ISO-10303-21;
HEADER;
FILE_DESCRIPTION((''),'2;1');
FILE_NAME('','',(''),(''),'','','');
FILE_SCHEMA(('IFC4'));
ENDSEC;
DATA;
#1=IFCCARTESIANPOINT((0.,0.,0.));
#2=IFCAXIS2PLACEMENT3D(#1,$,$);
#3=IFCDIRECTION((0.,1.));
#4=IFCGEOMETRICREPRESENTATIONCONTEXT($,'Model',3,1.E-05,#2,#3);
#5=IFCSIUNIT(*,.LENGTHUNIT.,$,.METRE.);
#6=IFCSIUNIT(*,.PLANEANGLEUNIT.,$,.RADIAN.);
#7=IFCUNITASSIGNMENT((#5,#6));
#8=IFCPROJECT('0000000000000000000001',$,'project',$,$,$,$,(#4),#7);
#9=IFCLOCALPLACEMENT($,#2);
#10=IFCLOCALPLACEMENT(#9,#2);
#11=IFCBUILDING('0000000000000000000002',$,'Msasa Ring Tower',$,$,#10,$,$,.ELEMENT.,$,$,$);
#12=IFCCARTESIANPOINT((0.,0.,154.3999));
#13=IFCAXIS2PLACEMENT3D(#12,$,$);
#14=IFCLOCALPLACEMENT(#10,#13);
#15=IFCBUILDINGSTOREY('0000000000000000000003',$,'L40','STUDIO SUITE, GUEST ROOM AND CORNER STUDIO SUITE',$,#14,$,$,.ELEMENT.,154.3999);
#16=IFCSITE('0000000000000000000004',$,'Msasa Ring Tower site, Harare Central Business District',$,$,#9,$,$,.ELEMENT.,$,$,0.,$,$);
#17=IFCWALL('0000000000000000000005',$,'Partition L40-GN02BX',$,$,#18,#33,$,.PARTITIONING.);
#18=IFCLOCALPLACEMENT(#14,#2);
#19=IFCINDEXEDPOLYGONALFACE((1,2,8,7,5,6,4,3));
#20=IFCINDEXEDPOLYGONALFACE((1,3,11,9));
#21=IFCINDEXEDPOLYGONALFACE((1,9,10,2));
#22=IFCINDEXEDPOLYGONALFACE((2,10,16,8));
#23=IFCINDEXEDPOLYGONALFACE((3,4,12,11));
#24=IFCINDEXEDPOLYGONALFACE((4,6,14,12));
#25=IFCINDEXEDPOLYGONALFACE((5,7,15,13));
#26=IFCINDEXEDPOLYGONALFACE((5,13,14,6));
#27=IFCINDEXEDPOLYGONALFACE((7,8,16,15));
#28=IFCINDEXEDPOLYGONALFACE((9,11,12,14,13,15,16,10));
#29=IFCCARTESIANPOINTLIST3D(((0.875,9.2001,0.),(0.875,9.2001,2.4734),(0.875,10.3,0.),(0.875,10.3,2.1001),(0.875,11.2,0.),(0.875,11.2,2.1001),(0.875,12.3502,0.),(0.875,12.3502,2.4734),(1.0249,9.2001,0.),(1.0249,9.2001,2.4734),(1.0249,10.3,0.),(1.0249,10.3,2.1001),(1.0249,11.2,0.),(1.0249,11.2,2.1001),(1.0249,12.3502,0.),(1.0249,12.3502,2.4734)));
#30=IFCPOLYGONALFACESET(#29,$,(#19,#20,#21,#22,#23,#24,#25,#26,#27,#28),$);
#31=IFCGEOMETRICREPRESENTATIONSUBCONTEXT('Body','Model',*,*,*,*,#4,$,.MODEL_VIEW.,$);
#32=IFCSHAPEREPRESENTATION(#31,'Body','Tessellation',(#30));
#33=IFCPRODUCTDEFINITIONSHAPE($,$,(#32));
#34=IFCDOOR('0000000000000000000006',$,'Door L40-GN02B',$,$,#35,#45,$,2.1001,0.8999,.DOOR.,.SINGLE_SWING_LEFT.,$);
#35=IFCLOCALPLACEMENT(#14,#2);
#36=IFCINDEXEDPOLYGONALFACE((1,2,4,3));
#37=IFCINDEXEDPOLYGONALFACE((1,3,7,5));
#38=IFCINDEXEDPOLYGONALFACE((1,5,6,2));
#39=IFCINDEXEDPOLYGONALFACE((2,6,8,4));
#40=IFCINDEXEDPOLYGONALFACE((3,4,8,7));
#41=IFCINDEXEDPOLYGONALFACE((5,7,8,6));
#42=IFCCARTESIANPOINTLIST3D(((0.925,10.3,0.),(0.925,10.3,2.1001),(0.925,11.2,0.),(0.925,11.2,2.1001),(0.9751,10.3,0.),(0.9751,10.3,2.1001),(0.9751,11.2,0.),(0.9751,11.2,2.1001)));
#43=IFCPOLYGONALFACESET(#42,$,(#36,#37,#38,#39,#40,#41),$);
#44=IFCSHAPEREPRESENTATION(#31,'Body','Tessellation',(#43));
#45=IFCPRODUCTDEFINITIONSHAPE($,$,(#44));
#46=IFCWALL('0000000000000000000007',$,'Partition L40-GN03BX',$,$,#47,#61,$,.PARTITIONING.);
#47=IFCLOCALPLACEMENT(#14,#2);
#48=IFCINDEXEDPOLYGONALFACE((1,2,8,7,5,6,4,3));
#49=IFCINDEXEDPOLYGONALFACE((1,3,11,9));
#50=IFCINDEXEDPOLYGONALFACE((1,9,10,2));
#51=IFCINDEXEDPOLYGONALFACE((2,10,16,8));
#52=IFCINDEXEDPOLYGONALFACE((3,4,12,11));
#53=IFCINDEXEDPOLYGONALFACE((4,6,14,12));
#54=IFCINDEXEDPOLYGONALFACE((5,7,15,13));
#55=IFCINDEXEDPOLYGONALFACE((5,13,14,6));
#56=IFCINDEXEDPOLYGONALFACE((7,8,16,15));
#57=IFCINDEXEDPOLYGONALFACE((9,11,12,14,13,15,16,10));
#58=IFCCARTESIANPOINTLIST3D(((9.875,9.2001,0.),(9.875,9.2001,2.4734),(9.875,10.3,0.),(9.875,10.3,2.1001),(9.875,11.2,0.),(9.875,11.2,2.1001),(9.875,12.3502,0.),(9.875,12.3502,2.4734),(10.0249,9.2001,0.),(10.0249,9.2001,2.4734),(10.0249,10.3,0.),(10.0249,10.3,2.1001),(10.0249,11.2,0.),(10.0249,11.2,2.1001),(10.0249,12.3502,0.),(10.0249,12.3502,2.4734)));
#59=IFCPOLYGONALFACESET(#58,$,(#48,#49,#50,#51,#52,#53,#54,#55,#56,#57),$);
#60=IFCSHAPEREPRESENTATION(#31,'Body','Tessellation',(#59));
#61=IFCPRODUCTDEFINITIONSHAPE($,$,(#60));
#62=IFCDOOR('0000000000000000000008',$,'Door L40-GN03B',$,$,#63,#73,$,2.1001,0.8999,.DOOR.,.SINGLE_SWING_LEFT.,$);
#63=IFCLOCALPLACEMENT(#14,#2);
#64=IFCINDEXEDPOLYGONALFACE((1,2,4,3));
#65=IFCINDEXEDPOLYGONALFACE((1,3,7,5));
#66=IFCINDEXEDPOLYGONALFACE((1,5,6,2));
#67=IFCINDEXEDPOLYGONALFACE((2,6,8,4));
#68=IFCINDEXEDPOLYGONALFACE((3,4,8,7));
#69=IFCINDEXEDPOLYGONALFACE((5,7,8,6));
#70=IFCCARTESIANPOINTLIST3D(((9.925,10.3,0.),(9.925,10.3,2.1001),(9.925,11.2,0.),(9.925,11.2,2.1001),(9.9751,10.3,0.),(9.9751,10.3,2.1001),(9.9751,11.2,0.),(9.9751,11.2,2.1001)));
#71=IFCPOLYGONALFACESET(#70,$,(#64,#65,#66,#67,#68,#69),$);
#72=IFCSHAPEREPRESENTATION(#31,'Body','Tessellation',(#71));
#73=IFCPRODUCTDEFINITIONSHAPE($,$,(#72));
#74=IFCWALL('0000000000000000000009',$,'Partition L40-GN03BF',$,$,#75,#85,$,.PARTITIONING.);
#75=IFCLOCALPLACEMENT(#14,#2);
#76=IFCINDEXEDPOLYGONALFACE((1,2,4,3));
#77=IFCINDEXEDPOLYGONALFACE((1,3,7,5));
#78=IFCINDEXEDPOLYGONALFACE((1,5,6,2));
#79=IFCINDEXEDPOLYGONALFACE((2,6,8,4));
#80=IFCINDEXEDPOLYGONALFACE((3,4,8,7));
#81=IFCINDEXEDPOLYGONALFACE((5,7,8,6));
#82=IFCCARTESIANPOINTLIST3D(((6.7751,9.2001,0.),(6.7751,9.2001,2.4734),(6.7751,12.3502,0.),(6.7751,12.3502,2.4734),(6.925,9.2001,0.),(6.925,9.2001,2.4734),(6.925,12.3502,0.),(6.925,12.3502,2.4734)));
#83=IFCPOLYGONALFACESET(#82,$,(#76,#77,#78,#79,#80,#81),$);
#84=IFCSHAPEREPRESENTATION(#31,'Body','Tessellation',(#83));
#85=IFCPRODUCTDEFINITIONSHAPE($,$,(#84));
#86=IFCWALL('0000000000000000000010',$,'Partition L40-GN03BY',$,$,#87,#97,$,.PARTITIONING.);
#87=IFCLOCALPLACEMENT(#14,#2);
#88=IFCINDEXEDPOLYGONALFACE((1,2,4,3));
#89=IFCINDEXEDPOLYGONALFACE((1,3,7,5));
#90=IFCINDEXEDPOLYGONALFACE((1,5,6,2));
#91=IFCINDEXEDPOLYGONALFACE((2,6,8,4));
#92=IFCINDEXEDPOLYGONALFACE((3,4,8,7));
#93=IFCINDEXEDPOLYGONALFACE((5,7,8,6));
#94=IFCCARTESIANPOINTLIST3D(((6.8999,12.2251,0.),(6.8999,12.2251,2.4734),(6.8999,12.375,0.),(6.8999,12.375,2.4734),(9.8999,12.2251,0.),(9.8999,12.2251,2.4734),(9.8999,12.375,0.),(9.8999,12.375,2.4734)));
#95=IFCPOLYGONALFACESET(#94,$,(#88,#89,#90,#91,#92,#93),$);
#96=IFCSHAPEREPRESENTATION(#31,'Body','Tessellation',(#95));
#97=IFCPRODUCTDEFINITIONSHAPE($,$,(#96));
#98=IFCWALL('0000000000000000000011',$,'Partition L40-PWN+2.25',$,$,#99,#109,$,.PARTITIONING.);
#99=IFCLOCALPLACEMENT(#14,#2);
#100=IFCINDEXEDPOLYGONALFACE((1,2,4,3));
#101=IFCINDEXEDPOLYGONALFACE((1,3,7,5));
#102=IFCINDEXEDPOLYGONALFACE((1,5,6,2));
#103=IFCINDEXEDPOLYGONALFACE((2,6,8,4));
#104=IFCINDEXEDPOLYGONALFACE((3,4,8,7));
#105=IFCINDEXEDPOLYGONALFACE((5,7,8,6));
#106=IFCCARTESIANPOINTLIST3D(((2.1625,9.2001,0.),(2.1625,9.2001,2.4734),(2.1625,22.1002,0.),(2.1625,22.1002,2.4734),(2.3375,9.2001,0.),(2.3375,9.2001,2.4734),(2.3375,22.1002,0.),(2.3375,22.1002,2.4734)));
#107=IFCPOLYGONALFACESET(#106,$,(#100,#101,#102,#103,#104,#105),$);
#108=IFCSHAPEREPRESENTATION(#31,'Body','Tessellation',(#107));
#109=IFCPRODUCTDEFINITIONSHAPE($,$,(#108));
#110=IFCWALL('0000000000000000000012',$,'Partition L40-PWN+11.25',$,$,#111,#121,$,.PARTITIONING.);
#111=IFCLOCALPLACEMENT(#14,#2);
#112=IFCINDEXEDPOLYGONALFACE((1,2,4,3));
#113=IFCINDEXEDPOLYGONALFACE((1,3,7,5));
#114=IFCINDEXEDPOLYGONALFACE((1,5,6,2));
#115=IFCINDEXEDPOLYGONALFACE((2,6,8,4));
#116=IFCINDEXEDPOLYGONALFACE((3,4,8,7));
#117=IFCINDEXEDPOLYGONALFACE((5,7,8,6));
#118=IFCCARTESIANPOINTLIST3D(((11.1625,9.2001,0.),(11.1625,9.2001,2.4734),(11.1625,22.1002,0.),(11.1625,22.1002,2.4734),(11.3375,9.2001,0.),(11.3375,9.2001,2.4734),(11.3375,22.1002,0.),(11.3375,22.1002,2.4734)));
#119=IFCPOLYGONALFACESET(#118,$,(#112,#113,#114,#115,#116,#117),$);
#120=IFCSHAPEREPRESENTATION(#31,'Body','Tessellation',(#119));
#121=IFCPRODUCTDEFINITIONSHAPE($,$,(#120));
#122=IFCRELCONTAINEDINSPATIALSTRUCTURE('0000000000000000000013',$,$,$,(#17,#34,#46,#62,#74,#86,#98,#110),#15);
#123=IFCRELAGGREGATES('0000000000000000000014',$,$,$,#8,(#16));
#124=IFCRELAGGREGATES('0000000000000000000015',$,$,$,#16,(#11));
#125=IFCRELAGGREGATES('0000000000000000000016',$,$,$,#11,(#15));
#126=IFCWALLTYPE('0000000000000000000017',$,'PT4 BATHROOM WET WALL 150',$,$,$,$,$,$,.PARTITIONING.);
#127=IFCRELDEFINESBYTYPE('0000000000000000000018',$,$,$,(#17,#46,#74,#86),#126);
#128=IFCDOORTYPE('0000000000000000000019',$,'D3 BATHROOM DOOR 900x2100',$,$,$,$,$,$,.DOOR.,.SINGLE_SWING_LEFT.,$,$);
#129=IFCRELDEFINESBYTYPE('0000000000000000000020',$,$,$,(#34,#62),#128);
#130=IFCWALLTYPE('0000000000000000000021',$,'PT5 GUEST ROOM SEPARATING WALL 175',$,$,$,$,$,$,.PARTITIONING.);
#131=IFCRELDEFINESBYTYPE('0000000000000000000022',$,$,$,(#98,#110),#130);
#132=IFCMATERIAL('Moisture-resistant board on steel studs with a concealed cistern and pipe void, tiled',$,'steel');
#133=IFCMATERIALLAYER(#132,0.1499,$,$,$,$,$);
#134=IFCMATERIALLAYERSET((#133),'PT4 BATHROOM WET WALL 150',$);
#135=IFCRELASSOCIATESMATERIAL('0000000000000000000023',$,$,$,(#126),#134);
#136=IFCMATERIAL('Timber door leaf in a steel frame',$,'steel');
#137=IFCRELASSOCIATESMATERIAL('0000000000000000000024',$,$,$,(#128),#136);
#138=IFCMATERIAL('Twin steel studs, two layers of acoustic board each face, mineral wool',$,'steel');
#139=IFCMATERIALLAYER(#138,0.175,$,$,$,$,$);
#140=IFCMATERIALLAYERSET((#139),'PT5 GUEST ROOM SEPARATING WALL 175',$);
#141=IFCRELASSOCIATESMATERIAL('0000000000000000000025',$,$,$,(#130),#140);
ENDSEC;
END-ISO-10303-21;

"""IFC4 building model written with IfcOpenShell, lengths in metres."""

from ifc_helpers import new_model, si_unit, direction, frame, frame_2d, origin, place, context, subcontext, project, spatial, rectangle, extrude, material, layer, layer_set, type_object, element, fill, save


model = new_model("IFC4")

# Units and contexts
model_context = context("Model", 3, precision=1e-05, world=origin(), true_north=direction((0.0, 1.0)))
body_context = subcontext(model_context, "Body", "Model", "MODEL_VIEW")
ifc_project = project(units=[si_unit("LENGTHUNIT", "METRE"), si_unit("PLANEANGLEUNIT", "RADIAN")], contexts=[model_context])

# Site, building, storey
site_placement = place(None, origin())
site = spatial("IfcSite", under=ifc_project, at=site_placement, Name="Msasa Ring Tower site, Harare Central Business District", CompositionType="ELEMENT", RefElevation=0.0)
building_placement = place(site_placement, origin())
building = spatial("IfcBuilding", under=site, at=building_placement, Name="Msasa Ring Tower", CompositionType="ELEMENT")
storey_placement = place(building_placement, frame((0.0, 0.0, 154.3999)))
storey = spatial("IfcBuildingStorey", under=building, at=storey_placement, Name="L40", Description="STUDIO SUITE, GUEST ROOM AND CORNER STUDIO SUITE", CompositionType="ELEMENT", Elevation=154.3999)

# Walls, openings, doors
ifc_material_1 = material(Name="Moisture-resistant board on steel studs with a concealed cistern and pipe void, tiled", Category="steel")
ifc_layer_1 = layer(ifc_material_1, 0.1499)
ifc_layer_set_1 = layer_set([ifc_layer_1], Name="PT4 BATHROOM WET WALL 150")
wall_type_1 = type_object("IfcWallType", Name="PT4 BATHROOM WET WALL 150", PredefinedType="PARTITIONING", material=ifc_layer_set_1)
wall_1_placement = place(storey_placement, frame((0.95, 9.2, 0.0), z_axis=(0.0, 0.0, 1.0), x_axis=(0.0, 1.0, 0.0)))
wall_1 = element("IfcWall", 1, at=wall_1_placement, inside=storey, type_object=wall_type_1, Name="Partition L40-GN02BX", PredefinedType="PARTITIONING", context=body_context, shape_type="SweptSolid", body=[
    extrude(rectangle(XDim=3.1501, YDim=0.1499, at=frame_2d((1.5752, 0.0))), origin(), (0.0, 0.0, 1.0), 2.4734),
])
opening_1_placement = place(wall_1_placement, frame((1.1001, 0.0, 0.0)))
opening_1 = element("IfcOpeningElement", 2, at=opening_1_placement, cuts=wall_1, PredefinedType="OPENING", context=body_context, shape_type="SweptSolid", body=[
    extrude(rectangle(XDim=0.8999, YDim=2.1001, at=frame_2d((0.45, 1.05))), frame((0.0, 0.085, 0.0), z_axis=(0.0, -1.0, 0.0), x_axis=(1.0, 0.0, 0.0)), (0.0, 0.0, 1.0), 0.1699),
])
ifc_material_2 = material(Name="Timber door leaf in a steel frame", Category="steel")
door_type_1 = type_object("IfcDoorType", Name="D3 BATHROOM DOOR 900x2100", OperationType="SINGLE_SWING_LEFT", PredefinedType="DOOR", material=ifc_material_2)
door_1_placement = place(opening_1_placement, origin())
door_1 = element("IfcDoor", 3, at=door_1_placement, inside=storey, type_object=door_type_1, Name="Door L40-GN02B", OperationType="SINGLE_SWING_LEFT", OverallHeight=2.1001, OverallWidth=0.8999, PredefinedType="DOOR", context=body_context, shape_type="SweptSolid", body=[
    extrude(rectangle(XDim=0.8999, YDim=2.1001, at=frame_2d((0.45, 1.05))), frame((0.0, 0.0249, 0.0), z_axis=(0.0, -1.0, 0.0), x_axis=(1.0, 0.0, 0.0)), (0.0, 0.0, 1.0), 0.05),
])
fill(opening_1, door_1)
wall_2_placement = place(storey_placement, frame((9.95, 9.2, 0.0), z_axis=(0.0, 0.0, 1.0), x_axis=(0.0, 1.0, 0.0)))
wall_2 = element("IfcWall", 4, at=wall_2_placement, inside=storey, type_object=wall_type_1, Name="Partition L40-GN03BX", PredefinedType="PARTITIONING", context=body_context, shape_type="SweptSolid", body=[
    extrude(rectangle(XDim=3.1501, YDim=0.1499, at=frame_2d((1.5752, 0.0))), origin(), (0.0, 0.0, 1.0), 2.4734),
])
opening_2_placement = place(wall_2_placement, frame((1.1001, 0.0, 0.0)))
opening_2 = element("IfcOpeningElement", 5, at=opening_2_placement, cuts=wall_2, PredefinedType="OPENING", context=body_context, shape_type="SweptSolid", body=[
    extrude(rectangle(XDim=0.8999, YDim=2.1001, at=frame_2d((0.45, 1.05))), frame((0.0, 0.085, 0.0), z_axis=(0.0, -1.0, 0.0), x_axis=(1.0, 0.0, 0.0)), (0.0, 0.0, 1.0), 0.1699),
])
door_2_placement = place(opening_2_placement, origin())
door_2 = element("IfcDoor", 6, at=door_2_placement, inside=storey, type_object=door_type_1, Name="Door L40-GN03B", OperationType="SINGLE_SWING_LEFT", OverallHeight=2.1001, OverallWidth=0.8999, PredefinedType="DOOR", context=body_context, shape_type="SweptSolid", body=[
    extrude(rectangle(XDim=0.8999, YDim=2.1001, at=frame_2d((0.45, 1.05))), frame((0.0, 0.0249, 0.0), z_axis=(0.0, -1.0, 0.0), x_axis=(1.0, 0.0, 0.0)), (0.0, 0.0, 1.0), 0.05),
])
fill(opening_2, door_2)

# Walls
wall_3_placement = place(storey_placement, frame((6.8501, 9.2, 0.0), z_axis=(0.0, 0.0, 1.0), x_axis=(0.0, 1.0, 0.0)))
element("IfcWall", 7, at=wall_3_placement, inside=storey, type_object=wall_type_1, Name="Partition L40-GN03BF", PredefinedType="PARTITIONING", context=body_context, shape_type="SweptSolid", body=[
    extrude(rectangle(XDim=3.1501, YDim=0.1499, at=frame_2d((1.5752, 0.0))), origin(), (0.0, 0.0, 1.0), 2.4734),
])
wall_4_placement = place(storey_placement, frame((6.8999, 12.3, 0.0), z_axis=(0.0, 0.0, 1.0), x_axis=(1.0, 0.0, 0.0)))
element("IfcWall", 8, at=wall_4_placement, inside=storey, type_object=wall_type_1, Name="Partition L40-GN03BY", PredefinedType="PARTITIONING", context=body_context, shape_type="SweptSolid", body=[
    extrude(rectangle(XDim=3.0, YDim=0.1499, at=frame_2d((1.5, 0.0))), origin(), (0.0, 0.0, 1.0), 2.4734),
])
ifc_material_3 = material(Name="Twin steel studs, two layers of acoustic board each face, mineral wool", Category="steel")
ifc_layer_2 = layer(ifc_material_3, 0.175)
ifc_layer_set_2 = layer_set([ifc_layer_2], Name="PT5 GUEST ROOM SEPARATING WALL 175")
wall_type_2 = type_object("IfcWallType", Name="PT5 GUEST ROOM SEPARATING WALL 175", PredefinedType="PARTITIONING", material=ifc_layer_set_2)
for number, where, z_axis, x_axis, name in (
    (9, (2.25, 9.2, 0.0), (0.0, 0.0, 1.0), (0.0, 1.0, 0.0), "Partition L40-PWN+2.25"),
    (10, (11.25, 9.2, 0.0), (0.0, 0.0, 1.0), (0.0, 1.0, 0.0), "Partition L40-PWN+11.25"),
):
    element("IfcWall", number, at=place(storey_placement, frame(where, z_axis=z_axis, x_axis=x_axis)), inside=storey, type_object=wall_type_2, Name=name, PredefinedType="PARTITIONING", context=body_context, shape_type="SweptSolid", body=[
        extrude(rectangle(XDim=12.9001, YDim=0.175, at=frame_2d((6.4502, 0.0))), origin(), (0.0, 0.0, 1.0), 2.4734),
    ])

save(model, "model.ifc")
